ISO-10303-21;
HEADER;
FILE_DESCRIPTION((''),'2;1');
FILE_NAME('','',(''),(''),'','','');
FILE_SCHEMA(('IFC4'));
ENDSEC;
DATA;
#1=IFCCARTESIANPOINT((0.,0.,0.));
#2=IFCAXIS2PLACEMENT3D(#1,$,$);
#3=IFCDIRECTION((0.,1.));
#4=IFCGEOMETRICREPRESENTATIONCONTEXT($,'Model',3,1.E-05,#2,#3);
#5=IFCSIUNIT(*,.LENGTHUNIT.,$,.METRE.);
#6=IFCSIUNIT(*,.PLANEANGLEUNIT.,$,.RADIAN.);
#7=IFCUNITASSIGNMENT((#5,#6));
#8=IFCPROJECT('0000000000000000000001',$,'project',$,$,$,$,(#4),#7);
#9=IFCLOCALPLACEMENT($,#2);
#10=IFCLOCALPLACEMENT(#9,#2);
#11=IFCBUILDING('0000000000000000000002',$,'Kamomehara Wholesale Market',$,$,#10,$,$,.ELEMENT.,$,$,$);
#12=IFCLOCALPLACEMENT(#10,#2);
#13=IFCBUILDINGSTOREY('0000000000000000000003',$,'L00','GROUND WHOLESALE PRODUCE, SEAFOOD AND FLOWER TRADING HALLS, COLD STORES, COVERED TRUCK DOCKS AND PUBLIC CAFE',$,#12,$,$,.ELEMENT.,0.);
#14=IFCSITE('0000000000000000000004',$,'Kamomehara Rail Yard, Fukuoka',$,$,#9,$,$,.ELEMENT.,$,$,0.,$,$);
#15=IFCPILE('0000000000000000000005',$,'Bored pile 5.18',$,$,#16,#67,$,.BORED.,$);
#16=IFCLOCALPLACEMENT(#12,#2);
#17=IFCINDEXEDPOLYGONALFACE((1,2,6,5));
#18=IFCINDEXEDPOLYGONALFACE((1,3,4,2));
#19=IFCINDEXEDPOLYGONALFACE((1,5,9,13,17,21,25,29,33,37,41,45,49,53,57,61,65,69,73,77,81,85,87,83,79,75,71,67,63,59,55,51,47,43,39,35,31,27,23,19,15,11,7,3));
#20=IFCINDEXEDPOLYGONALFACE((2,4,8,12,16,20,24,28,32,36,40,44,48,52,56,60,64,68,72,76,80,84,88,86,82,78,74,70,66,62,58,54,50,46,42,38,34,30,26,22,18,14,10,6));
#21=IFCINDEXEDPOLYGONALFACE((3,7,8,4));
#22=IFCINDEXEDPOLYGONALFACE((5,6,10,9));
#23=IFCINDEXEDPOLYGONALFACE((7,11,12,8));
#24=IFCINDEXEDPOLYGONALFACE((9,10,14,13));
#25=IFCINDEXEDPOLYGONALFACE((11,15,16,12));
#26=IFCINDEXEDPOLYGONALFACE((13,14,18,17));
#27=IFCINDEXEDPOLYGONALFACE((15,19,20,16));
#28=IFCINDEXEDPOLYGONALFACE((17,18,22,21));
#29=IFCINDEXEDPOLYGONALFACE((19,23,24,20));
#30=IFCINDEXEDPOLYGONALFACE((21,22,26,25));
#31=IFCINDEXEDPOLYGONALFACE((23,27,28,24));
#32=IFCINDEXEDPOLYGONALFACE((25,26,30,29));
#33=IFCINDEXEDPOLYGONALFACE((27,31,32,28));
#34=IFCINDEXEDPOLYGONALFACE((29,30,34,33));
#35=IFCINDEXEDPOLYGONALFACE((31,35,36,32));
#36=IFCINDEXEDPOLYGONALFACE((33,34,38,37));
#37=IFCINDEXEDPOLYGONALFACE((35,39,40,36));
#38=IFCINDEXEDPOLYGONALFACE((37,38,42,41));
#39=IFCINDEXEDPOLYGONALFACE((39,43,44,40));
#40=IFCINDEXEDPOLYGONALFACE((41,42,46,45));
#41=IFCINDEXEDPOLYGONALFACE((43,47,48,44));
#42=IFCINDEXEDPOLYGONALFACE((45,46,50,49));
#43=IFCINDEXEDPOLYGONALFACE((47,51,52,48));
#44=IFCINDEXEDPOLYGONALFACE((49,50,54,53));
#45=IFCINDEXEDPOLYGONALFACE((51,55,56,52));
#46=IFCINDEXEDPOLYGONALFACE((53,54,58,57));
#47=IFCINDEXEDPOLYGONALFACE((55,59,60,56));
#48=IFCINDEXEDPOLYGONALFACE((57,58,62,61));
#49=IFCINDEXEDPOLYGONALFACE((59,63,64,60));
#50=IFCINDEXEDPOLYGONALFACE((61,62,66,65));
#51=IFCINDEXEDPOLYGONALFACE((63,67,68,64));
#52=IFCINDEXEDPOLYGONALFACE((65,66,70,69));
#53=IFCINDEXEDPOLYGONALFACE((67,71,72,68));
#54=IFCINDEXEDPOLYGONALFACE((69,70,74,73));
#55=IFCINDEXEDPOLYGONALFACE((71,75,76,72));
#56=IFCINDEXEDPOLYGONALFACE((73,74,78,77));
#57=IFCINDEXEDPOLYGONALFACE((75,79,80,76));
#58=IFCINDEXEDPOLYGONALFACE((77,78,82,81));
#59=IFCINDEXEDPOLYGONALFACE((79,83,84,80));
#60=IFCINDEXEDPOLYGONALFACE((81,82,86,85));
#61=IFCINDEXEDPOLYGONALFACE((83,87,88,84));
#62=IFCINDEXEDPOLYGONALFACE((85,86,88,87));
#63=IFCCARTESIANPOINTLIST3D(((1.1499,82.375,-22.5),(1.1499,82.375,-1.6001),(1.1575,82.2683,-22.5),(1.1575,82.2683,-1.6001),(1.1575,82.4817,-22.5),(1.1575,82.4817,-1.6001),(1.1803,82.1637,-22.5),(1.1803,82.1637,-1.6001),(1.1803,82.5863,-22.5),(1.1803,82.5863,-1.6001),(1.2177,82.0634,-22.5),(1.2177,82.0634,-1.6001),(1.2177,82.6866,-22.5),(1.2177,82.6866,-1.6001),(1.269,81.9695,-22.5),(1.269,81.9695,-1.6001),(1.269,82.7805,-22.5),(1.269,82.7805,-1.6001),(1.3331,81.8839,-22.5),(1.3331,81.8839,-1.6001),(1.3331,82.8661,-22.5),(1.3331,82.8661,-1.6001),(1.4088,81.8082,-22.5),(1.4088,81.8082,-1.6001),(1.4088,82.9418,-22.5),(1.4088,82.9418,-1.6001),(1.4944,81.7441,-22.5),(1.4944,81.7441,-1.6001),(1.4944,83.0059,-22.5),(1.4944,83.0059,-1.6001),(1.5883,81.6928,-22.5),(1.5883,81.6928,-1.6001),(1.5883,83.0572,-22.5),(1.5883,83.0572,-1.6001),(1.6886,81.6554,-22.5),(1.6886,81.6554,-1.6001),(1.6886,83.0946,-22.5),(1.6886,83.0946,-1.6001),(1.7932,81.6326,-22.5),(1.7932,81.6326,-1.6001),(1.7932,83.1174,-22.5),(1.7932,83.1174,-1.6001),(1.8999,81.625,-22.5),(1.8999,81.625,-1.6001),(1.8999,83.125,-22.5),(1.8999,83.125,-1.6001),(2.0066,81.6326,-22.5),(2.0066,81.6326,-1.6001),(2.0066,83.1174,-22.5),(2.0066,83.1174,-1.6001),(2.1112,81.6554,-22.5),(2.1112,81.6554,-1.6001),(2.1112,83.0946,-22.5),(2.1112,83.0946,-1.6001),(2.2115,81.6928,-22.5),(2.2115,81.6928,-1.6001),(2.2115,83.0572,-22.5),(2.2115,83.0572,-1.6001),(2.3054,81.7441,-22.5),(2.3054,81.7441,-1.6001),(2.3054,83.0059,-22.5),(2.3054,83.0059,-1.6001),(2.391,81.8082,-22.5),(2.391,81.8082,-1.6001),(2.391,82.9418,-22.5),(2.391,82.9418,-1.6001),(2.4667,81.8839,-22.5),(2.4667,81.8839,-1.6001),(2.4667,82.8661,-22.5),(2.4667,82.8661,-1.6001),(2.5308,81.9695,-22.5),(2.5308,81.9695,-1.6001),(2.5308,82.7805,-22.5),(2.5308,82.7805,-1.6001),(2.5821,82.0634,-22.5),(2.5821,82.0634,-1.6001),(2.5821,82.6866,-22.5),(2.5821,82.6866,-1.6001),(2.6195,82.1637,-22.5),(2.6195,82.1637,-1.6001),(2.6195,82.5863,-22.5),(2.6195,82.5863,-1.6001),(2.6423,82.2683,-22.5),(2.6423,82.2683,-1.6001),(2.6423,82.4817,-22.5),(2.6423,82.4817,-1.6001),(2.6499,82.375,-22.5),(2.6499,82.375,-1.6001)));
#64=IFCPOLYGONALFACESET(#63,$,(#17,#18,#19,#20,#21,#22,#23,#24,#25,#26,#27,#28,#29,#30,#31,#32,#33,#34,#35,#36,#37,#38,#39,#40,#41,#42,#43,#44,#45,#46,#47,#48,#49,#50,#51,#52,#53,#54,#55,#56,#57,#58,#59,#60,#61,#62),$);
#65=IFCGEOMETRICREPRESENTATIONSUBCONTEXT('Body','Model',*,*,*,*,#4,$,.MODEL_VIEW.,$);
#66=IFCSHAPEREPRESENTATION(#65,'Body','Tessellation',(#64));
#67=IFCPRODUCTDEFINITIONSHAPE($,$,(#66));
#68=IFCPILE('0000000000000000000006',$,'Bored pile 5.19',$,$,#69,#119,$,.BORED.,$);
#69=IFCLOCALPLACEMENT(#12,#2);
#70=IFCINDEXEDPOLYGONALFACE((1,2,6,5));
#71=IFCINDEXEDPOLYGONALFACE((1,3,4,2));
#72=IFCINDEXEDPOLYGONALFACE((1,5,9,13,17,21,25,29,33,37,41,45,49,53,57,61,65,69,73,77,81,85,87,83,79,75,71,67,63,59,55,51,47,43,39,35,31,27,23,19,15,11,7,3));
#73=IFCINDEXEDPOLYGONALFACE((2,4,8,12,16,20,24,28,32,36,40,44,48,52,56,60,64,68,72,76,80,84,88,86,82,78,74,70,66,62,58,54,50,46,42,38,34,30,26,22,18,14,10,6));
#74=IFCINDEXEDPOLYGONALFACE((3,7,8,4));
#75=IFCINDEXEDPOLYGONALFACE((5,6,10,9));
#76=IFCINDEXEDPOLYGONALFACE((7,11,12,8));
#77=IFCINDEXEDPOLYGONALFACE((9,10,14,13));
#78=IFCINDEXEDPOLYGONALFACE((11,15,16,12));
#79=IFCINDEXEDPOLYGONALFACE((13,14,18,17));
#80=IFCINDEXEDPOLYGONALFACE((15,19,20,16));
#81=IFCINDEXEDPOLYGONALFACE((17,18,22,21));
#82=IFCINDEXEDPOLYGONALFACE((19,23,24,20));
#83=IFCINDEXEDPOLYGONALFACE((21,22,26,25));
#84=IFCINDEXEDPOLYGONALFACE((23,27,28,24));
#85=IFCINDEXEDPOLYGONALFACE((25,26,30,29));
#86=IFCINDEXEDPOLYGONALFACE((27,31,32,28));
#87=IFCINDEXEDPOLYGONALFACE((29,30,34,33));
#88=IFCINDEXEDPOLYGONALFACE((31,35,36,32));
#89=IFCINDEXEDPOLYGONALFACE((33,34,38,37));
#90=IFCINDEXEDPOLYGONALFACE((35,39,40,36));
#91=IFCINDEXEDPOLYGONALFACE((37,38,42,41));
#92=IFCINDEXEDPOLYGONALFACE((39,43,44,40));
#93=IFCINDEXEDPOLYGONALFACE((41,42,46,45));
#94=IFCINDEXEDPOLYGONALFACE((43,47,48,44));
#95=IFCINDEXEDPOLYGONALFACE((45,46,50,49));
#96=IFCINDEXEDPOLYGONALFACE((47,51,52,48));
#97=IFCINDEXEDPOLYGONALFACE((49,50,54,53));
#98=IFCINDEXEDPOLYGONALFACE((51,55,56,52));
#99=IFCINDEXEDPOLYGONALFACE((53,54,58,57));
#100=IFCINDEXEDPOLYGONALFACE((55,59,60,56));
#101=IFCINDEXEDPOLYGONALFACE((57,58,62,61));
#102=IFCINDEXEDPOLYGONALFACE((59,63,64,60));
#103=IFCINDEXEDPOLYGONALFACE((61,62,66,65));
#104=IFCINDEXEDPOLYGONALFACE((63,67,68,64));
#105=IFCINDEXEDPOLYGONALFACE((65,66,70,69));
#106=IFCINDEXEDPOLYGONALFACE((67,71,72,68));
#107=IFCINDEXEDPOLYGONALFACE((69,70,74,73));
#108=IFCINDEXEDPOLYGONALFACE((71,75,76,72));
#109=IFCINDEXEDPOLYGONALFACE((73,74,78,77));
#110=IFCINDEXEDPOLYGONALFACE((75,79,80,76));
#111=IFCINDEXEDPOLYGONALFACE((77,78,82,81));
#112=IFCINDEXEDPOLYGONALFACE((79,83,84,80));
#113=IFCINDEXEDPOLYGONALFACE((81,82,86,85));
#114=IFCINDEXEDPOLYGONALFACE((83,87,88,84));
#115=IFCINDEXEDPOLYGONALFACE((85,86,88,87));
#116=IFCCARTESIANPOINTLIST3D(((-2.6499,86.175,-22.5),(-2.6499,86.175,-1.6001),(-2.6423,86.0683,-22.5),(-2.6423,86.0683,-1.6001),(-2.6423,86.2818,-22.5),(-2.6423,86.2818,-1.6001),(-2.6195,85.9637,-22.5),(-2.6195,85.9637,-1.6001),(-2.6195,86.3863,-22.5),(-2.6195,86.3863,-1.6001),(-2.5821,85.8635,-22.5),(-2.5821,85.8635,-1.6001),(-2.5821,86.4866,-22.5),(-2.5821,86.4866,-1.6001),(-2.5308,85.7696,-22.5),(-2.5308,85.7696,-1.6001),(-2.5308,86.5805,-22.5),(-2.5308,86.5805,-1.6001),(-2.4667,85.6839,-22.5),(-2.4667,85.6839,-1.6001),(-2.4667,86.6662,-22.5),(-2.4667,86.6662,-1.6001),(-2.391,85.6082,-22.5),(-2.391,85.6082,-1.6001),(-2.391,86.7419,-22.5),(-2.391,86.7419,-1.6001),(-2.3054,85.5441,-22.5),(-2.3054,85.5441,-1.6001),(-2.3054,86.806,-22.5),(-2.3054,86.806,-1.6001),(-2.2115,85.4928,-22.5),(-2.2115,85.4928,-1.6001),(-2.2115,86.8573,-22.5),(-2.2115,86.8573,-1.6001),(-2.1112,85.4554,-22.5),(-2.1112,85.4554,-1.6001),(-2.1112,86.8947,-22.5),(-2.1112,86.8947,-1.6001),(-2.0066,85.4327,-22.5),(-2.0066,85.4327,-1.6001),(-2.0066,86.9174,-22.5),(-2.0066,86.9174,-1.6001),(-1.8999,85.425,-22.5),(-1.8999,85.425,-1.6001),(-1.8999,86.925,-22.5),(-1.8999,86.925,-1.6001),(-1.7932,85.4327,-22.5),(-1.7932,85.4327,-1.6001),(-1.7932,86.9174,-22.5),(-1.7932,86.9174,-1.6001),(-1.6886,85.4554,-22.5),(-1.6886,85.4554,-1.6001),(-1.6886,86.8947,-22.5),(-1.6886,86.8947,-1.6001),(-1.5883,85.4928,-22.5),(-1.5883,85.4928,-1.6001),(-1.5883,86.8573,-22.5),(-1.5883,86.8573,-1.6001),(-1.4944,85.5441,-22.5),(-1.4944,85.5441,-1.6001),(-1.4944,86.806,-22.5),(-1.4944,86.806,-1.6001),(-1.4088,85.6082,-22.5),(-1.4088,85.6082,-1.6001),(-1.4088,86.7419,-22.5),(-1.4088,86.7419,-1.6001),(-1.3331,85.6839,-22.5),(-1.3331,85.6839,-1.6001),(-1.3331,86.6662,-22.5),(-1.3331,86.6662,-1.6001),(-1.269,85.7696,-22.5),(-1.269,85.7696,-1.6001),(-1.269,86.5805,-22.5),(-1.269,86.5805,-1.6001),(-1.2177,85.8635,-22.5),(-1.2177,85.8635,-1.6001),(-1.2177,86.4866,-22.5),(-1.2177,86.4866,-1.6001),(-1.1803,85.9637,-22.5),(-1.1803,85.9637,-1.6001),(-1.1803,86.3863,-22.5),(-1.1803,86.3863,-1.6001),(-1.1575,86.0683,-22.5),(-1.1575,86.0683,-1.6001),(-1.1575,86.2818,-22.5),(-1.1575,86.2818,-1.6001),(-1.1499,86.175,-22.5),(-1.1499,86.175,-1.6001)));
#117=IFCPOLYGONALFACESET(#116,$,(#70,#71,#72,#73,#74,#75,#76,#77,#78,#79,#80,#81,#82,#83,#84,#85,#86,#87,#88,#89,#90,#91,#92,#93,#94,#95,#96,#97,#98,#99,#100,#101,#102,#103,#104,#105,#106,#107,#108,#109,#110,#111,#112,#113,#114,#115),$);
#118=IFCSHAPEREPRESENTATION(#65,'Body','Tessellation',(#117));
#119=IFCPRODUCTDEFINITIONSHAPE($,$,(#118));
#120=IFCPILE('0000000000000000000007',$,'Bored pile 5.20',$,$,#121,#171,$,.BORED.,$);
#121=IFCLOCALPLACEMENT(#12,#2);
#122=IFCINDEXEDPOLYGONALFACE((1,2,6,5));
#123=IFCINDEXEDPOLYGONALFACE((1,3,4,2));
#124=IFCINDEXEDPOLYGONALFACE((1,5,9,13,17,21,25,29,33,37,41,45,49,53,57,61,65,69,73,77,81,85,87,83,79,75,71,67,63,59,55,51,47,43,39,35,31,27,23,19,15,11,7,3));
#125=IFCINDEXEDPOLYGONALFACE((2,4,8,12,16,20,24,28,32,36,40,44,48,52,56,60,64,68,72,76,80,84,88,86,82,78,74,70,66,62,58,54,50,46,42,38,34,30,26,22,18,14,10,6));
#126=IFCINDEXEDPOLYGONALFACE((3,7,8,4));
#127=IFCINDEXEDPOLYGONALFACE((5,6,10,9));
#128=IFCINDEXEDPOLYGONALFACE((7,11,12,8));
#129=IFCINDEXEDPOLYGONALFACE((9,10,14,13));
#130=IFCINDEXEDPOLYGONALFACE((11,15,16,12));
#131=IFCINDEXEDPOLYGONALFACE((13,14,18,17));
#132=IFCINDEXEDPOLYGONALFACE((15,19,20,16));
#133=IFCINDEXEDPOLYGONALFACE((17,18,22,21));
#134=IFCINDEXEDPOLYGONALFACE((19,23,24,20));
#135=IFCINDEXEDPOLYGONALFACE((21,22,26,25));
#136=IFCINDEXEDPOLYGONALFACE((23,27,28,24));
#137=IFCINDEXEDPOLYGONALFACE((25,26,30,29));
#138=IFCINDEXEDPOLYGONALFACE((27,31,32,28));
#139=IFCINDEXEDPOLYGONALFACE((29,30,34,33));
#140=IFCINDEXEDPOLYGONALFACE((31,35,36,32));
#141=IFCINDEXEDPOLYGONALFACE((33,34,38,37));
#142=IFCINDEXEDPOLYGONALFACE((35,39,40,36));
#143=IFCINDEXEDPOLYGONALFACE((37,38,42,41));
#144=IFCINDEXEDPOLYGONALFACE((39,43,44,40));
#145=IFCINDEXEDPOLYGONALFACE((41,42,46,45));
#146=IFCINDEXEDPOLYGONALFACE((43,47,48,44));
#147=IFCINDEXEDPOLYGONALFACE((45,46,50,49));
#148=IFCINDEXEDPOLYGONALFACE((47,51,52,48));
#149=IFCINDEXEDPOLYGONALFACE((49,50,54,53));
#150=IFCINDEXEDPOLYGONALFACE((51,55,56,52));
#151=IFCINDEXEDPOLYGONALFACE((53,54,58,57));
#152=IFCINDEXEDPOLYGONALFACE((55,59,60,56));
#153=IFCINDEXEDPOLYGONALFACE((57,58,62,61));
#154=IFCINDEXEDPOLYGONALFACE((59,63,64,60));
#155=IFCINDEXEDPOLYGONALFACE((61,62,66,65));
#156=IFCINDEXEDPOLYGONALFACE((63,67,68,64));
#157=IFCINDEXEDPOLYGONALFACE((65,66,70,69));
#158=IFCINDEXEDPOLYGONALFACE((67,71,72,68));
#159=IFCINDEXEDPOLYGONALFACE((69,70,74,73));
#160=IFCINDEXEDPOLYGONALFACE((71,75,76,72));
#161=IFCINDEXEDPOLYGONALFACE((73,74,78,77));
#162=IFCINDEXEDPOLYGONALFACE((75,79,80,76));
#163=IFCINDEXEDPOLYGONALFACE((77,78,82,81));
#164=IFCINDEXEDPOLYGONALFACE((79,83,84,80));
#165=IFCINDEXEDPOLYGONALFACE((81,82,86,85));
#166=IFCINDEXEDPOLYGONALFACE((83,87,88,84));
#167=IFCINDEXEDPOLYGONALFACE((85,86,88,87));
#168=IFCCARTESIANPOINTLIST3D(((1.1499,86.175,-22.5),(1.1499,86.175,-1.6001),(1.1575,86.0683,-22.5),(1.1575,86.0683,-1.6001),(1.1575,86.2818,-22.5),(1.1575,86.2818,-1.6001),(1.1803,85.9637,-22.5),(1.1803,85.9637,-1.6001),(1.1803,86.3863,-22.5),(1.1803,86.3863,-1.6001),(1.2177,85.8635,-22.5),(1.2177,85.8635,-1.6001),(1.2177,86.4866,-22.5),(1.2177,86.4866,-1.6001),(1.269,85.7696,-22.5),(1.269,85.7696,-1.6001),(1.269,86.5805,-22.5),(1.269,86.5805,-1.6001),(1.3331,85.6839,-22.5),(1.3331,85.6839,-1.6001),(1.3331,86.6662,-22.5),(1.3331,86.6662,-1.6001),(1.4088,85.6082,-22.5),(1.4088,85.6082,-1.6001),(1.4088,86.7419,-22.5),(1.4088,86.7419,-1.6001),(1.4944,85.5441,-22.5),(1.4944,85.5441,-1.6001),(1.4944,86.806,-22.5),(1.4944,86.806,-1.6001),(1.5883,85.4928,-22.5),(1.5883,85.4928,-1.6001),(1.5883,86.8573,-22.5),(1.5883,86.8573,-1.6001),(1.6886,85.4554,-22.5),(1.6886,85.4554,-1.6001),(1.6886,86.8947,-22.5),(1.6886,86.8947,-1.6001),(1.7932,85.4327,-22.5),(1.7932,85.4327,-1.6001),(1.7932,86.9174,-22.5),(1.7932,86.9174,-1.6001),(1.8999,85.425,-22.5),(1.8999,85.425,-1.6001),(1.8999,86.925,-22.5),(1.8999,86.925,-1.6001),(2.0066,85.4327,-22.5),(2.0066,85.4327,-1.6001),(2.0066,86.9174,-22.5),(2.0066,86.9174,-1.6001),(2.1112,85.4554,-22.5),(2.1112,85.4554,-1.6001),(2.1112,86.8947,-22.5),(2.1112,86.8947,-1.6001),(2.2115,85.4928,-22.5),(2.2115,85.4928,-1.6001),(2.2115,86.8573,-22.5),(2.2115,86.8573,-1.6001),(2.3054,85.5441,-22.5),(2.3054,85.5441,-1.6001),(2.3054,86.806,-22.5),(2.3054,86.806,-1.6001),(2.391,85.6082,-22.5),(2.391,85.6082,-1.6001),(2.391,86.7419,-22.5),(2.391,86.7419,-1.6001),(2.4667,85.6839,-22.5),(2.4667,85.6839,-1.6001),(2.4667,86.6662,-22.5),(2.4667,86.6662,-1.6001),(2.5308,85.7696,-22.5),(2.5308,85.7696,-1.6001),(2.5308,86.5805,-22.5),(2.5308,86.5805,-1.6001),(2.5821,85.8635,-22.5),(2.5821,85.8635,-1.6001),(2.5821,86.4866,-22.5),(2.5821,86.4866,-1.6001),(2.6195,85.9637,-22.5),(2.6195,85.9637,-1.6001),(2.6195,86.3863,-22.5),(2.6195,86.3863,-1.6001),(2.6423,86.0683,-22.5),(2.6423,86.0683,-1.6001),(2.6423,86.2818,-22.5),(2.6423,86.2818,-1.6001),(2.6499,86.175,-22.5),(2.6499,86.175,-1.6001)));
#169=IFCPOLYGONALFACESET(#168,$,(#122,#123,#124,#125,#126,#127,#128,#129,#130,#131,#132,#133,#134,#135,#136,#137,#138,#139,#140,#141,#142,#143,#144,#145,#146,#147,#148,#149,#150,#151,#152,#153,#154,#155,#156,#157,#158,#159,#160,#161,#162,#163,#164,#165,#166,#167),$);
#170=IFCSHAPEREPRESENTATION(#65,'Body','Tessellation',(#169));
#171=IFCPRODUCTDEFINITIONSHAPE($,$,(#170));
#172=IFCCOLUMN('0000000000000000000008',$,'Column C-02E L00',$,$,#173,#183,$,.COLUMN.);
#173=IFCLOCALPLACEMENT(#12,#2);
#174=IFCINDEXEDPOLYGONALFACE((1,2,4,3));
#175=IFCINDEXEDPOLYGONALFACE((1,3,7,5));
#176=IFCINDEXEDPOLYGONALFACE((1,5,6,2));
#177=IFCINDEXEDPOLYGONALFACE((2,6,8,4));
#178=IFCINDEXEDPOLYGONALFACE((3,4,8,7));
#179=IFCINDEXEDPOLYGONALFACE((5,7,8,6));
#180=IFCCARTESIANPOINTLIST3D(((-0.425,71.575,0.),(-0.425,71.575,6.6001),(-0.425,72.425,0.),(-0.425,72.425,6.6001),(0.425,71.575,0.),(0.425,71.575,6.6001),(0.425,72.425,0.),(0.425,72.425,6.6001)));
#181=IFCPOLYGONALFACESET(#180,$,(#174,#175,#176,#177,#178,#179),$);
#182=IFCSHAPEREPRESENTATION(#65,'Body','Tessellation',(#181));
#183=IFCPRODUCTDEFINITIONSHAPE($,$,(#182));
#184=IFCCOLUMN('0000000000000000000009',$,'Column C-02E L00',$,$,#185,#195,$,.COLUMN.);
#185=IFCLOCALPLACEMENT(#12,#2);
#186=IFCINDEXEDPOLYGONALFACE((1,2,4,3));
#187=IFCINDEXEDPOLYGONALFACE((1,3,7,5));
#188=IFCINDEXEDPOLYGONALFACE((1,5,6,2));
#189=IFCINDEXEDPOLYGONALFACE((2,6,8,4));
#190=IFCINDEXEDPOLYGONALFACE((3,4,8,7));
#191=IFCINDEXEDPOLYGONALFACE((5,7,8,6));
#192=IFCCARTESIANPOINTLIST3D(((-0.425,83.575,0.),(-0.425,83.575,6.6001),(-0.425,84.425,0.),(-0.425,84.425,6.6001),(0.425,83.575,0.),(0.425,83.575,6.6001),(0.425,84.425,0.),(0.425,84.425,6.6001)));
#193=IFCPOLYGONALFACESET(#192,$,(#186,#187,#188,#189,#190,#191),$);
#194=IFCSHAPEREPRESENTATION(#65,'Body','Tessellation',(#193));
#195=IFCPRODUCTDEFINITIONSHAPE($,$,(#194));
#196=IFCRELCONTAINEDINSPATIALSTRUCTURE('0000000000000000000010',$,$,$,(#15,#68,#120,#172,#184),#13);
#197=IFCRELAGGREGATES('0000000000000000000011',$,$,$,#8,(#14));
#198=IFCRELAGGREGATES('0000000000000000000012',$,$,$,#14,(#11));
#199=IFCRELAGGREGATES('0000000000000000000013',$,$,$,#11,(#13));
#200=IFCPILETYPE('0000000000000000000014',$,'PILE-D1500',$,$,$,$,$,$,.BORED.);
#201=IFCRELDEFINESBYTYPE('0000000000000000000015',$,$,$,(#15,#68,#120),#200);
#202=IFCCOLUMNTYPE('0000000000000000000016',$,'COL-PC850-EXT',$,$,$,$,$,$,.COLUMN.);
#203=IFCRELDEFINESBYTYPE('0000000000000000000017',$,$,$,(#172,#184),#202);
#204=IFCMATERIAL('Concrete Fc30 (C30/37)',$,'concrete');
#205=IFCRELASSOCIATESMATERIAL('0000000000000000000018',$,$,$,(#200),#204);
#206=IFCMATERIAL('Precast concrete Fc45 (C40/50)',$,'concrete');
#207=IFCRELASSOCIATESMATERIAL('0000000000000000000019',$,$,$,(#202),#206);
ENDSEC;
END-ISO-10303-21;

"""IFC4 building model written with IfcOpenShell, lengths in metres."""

from ifc_helpers import new_model, si_unit, direction, frame, origin, origin_2d, place, context, subcontext, project, spatial, rectangle, circle, extrude, material, material_profile, profile_set, type_object, element, save


model = new_model("IFC4")

# Units and contexts
model_context = context("Model", 3, precision=1e-05, world=origin(), true_north=direction((0.0, 1.0)))
body_context = subcontext(model_context, "Body", "Model", "MODEL_VIEW")
ifc_project = project(units=[si_unit("LENGTHUNIT", "METRE"), si_unit("PLANEANGLEUNIT", "RADIAN")], contexts=[model_context])

# Site, building, storey
site_placement = place(None, origin())
site = spatial("IfcSite", under=ifc_project, at=site_placement, Name="Kamomehara Rail Yard, Fukuoka", CompositionType="ELEMENT", RefElevation=0.0)
building_placement = place(site_placement, origin())
building = spatial("IfcBuilding", under=site, at=building_placement, Name="Kamomehara Wholesale Market", CompositionType="ELEMENT")
storey_placement = place(building_placement, origin())
storey = spatial("IfcBuildingStorey", under=building, at=storey_placement, Name="L00", Description="GROUND WHOLESALE PRODUCE, SEAFOOD AND FLOWER TRADING HALLS, COLD STORES, COVERED TRUCK DOCKS AND PUBLIC CAFE", CompositionType="ELEMENT", Elevation=0.0)

# Piles
ifc_material_1 = material(Name="Concrete Fc30 (C30/37)", Category="concrete")
ifc_material_profile_1 = material_profile(ifc_material_1, circle(Radius=0.75, at=origin_2d()), Name="RC-PILE-D1500")
ifc_profile_set_1 = profile_set([ifc_material_profile_1], Name="Concrete Fc30 (C30/37)")
pile_type_1 = type_object("IfcPileType", Name="PILE-D1500", PredefinedType="BORED", material=ifc_profile_set_1)
for number, where, z_axis, x_axis, name in (
    (1, (1.8999, 82.375, -1.6001), (0.0, 0.0, -1.0), (1.0, 0.0, 0.0), "Bored pile 5.18"),
    (2, (-1.8999, 86.175, -1.6001), (0.0, 0.0, -1.0), (1.0, 0.0, 0.0), "Bored pile 5.19"),
    (3, (1.8999, 86.175, -1.6001), (0.0, 0.0, -1.0), (1.0, 0.0, 0.0), "Bored pile 5.20"),
):
    element("IfcPile", number, at=place(storey_placement, frame(where, z_axis=z_axis, x_axis=x_axis)), inside=storey, type_object=pile_type_1, Name=name, PredefinedType="BORED", context=body_context, shape_type="SweptSolid", body=[
        extrude(circle(Radius=0.75, at=origin_2d()), origin(), (0.0, 0.0, 1.0), 20.8999),
    ])

# Columns
ifc_material_2 = material(Name="Precast concrete Fc45 (C40/50)", Category="concrete")
ifc_material_profile_2 = material_profile(ifc_material_2, rectangle(XDim=0.8501, YDim=0.8501, at=origin_2d()), Name="PC-COL-850x850")
ifc_profile_set_2 = profile_set([ifc_material_profile_2], Name="Precast concrete Fc45 (C40/50)")
column_type_1 = type_object("IfcColumnType", Name="COL-PC850-EXT", PredefinedType="COLUMN", material=ifc_profile_set_2)
for number, where, z_axis, x_axis, name in (
    (4, (0.0, 72.0, 0.0), (0.0, 0.0, 1.0), (1.0, 0.0, 0.0), "Column C-02E L00"),
    (5, (0.0, 84.0, 0.0), (0.0, 0.0, 1.0), (1.0, 0.0, 0.0), "Column C-02E L00"),
):
    element("IfcColumn", number, at=place(storey_placement, frame(where, z_axis=z_axis, x_axis=x_axis)), inside=storey, type_object=column_type_1, Name=name, PredefinedType="COLUMN", context=body_context, shape_type="SweptSolid", body=[
        extrude(rectangle(XDim=0.8501, YDim=0.8501, at=origin_2d()), origin(), (0.0, 0.0, 1.0), 6.6001),
    ])

save(model, "model.ifc")
